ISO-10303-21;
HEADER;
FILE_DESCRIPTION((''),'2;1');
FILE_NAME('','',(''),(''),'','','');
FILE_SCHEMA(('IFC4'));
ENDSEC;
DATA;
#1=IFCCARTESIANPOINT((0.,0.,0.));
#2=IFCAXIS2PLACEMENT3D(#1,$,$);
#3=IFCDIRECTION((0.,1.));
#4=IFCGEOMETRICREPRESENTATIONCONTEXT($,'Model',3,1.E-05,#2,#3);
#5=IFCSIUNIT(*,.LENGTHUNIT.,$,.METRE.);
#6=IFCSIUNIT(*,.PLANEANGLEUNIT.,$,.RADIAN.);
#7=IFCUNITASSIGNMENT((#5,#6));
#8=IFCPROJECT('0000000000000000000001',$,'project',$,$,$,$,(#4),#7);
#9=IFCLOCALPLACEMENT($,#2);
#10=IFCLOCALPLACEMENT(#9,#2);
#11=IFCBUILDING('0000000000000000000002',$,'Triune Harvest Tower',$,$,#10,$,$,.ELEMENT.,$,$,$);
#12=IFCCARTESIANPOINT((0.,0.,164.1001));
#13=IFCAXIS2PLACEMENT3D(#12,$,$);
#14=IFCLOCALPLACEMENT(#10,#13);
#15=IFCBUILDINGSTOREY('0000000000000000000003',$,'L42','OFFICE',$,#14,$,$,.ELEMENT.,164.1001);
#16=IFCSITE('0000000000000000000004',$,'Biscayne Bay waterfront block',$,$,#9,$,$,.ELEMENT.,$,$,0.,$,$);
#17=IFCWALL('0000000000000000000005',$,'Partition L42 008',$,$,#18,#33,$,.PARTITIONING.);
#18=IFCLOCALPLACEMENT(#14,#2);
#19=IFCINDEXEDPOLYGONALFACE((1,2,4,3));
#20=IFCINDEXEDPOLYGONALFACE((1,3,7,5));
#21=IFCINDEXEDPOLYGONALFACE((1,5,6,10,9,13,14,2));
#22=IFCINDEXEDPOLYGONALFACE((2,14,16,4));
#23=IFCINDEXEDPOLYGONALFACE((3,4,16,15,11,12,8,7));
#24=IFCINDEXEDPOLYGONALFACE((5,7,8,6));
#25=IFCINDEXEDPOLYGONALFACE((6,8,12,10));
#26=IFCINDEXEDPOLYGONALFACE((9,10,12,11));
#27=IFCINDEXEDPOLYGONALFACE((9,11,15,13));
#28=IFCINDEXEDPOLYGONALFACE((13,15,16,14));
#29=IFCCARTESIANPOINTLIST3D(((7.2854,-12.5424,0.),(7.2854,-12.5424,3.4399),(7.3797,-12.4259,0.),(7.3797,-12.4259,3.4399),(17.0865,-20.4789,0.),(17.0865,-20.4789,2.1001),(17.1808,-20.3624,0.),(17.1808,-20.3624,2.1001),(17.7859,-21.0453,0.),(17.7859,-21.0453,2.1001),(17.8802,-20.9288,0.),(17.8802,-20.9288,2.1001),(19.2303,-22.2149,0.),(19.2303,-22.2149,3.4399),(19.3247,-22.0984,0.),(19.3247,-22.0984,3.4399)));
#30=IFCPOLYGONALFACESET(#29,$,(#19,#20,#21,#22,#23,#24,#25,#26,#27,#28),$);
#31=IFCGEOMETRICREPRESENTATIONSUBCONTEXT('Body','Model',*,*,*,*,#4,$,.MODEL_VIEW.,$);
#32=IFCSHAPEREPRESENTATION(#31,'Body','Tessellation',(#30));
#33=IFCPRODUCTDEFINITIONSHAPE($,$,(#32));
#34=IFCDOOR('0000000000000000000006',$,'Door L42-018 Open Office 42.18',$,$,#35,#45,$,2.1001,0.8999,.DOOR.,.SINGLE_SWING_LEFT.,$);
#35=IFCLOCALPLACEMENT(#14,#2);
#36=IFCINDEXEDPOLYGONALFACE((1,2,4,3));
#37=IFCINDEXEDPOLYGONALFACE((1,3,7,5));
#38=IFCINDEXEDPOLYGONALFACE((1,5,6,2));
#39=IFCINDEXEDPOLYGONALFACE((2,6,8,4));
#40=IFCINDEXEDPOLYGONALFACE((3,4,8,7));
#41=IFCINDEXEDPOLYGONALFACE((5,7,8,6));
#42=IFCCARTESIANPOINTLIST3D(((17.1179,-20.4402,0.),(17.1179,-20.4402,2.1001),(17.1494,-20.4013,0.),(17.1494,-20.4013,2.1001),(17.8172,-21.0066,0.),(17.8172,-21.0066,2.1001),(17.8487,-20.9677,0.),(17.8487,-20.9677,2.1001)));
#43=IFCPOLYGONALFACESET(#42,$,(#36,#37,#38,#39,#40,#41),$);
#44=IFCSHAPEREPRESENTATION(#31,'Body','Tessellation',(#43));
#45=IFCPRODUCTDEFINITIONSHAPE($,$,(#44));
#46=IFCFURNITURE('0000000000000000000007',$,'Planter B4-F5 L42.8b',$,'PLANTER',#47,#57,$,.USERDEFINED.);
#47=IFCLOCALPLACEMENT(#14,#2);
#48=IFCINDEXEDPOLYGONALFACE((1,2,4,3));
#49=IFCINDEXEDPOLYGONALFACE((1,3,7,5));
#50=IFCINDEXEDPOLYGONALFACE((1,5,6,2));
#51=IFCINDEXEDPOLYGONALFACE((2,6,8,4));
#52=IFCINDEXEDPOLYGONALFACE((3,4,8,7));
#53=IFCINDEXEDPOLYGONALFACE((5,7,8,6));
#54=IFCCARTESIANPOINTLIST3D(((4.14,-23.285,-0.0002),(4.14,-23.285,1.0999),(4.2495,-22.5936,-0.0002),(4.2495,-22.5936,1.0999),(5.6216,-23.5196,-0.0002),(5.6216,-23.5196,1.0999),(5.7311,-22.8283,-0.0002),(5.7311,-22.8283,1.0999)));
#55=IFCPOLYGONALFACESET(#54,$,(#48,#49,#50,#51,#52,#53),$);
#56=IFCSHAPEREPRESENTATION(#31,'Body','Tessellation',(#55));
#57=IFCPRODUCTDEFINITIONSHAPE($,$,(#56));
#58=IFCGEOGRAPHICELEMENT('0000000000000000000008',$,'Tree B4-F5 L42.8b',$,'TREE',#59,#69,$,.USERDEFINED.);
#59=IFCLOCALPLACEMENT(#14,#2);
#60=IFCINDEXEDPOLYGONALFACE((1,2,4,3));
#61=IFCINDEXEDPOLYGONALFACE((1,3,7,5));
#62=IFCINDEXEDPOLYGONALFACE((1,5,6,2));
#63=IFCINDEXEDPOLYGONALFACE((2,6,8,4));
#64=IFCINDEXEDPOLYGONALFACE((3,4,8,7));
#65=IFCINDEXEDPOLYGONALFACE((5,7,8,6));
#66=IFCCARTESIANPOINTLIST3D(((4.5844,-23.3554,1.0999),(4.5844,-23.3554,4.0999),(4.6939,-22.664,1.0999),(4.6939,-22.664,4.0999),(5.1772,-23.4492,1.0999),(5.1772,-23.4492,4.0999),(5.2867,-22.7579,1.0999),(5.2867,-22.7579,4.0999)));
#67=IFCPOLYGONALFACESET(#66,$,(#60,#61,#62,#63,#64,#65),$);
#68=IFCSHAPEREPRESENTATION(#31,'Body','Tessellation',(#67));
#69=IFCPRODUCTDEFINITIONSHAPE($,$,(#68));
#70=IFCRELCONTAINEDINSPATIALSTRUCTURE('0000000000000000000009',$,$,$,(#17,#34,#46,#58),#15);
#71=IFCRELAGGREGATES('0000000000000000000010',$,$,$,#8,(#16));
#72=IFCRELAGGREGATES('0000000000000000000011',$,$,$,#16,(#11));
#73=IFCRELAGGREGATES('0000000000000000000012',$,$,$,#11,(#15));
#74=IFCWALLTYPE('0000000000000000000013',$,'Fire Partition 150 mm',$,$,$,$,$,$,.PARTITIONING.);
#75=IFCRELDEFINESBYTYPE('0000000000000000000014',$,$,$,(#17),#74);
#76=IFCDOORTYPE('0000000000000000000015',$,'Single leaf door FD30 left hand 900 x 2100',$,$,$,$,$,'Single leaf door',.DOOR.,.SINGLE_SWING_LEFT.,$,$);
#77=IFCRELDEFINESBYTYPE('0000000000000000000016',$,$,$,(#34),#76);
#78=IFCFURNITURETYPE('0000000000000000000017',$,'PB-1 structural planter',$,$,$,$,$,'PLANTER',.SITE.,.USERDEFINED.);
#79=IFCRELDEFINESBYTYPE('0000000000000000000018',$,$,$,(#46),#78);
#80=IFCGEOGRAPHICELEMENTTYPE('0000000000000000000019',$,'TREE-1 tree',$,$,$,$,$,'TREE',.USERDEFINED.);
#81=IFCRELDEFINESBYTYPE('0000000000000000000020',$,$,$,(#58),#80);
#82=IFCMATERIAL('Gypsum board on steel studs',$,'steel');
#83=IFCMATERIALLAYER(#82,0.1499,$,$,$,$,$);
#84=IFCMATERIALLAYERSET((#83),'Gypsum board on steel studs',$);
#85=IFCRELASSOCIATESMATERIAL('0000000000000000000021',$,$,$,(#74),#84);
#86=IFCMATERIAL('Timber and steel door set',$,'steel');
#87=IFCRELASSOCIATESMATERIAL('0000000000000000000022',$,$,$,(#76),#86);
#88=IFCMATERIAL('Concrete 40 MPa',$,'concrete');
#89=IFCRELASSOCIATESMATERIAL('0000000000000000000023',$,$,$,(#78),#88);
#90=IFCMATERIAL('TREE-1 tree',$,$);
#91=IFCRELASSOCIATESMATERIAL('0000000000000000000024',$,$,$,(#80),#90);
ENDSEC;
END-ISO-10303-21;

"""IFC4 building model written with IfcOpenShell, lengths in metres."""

from ifc_helpers import new_model, si_unit, direction, frame, frame_2d, origin, origin_2d, place, context, subcontext, project, spatial, rectangle, extrude, source, transform, mapped, material, layer, layer_set, type_object, element, fill, save


model = new_model("IFC4")

# Units and contexts
model_context = context("Model", 3, precision=1e-05, world=origin(), true_north=direction((0.0, 1.0)))
body_context = subcontext(model_context, "Body", "Model", "MODEL_VIEW")
ifc_project = project(units=[si_unit("LENGTHUNIT", "METRE"), si_unit("PLANEANGLEUNIT", "RADIAN")], contexts=[model_context])

# Site, building, storey
site_placement = place(None, origin())
site = spatial("IfcSite", under=ifc_project, at=site_placement, Name="Biscayne Bay waterfront block", CompositionType="ELEMENT", RefElevation=0.0)
building_placement = place(site_placement, origin())
building = spatial("IfcBuilding", under=site, at=building_placement, Name="Triune Harvest Tower", CompositionType="ELEMENT")
storey_placement = place(building_placement, frame((0.0, 0.0, 164.1001)))
storey = spatial("IfcBuildingStorey", under=building, at=storey_placement, Name="L42", Description="OFFICE", CompositionType="ELEMENT", Elevation=164.1001)

# Wall, opening, door
ifc_material_1 = material(Name="Gypsum board on steel studs", Category="steel")
ifc_layer_1 = layer(ifc_material_1, 0.1499)
ifc_layer_set_1 = layer_set([ifc_layer_1], Name="Gypsum board on steel studs")
wall_type_1 = type_object("IfcWallType", Name="Fire Partition 150 mm", PredefinedType="PARTITIONING", material=ifc_layer_set_1)
shared_shape_1 = source(origin(), body_context, "Body", "SweptSolid", [
    extrude(rectangle(XDim=15.3701, YDim=0.1499, at=frame_2d((7.6851, 0.0))), origin(), (0.0, 0.0, 1.0), 3.4399),
])
wall_1_placement = place(storey_placement, frame((7.3325, -12.4841, 0.0), z_axis=(0.0, 0.0, 1.0), x_axis=(0.777156, -0.629308, 0.0)))
wall_1 = element("IfcWall", 1, at=wall_1_placement, inside=storey, type_object=wall_type_1, Name="Partition L42 008", PredefinedType="PARTITIONING", context=body_context, shape_type="MappedRepresentation", body=[
    mapped(shared_shape_1, transform((0.0, 0.0, 0.0), scale=1.0)),
])
opening_1_placement = place(wall_1_placement, frame((12.6116, 0.0, 0.0)))
opening_1 = element("IfcOpeningElement", 2, at=opening_1_placement, cuts=wall_1, PredefinedType="OPENING", context=body_context, shape_type="SweptSolid", body=[
    extrude(rectangle(XDim=0.8999, YDim=2.1001, at=frame_2d((0.45, 1.05))), frame((0.0, 0.085, 0.0), z_axis=(0.0, -1.0, 0.0), x_axis=(1.0, 0.0, 0.0)), (0.0, 0.0, 1.0), 0.1699),
])
ifc_material_2 = material(Name="Timber and steel door set", Category="steel")
door_type_1 = type_object("IfcDoorType", Name="Single leaf door FD30 left hand 900 x 2100", ElementType="Single leaf door", OperationType="SINGLE_SWING_LEFT", PredefinedType="DOOR", material=ifc_material_2)
door_1_placement = place(opening_1_placement, origin())
door_1 = element("IfcDoor", 3, at=door_1_placement, inside=storey, type_object=door_type_1, Name="Door L42-018 Open Office 42.18", OperationType="SINGLE_SWING_LEFT", OverallHeight=2.1001, OverallWidth=0.8999, PredefinedType="DOOR", context=body_context, shape_type="SweptSolid", body=[
    extrude(rectangle(XDim=0.8999, YDim=2.1001, at=frame_2d((0.45, 1.05))), frame((0.0, 0.0249, 0.0), z_axis=(0.0, -1.0, 0.0), x_axis=(1.0, 0.0, 0.0)), (0.0, 0.0, 1.0), 0.05),
])
fill(opening_1, door_1)

# Furniture
ifc_material_3 = material(Name="Concrete 40 MPa", Category="concrete")
furniture_type = type_object("IfcFurnitureType", Name="PB-1 structural planter", ElementType="PLANTER", AssemblyPlace="SITE", PredefinedType="USERDEFINED", material=ifc_material_3)
shared_shape_2 = source(origin(), body_context, "Body", "SweptSolid", [
    extrude(rectangle(XDim=1.5, YDim=0.7, at=origin_2d()), origin(), (0.0, 0.0, 1.0), 1.1001),
])
furniture_placement = place(storey_placement, frame((4.9355, -23.0566, -0.0002), z_axis=(0.0, 0.0, 1.0), x_axis=(0.987688, -0.156435, 0.0)))
element("IfcFurniture", 4, at=furniture_placement, inside=storey, type_object=furniture_type, Name="Planter B4-F5 L42.8b", ObjectType="PLANTER", PredefinedType="USERDEFINED", context=body_context, shape_type="MappedRepresentation", body=[
    mapped(shared_shape_2, transform((0.0, 0.0, 0.0), scale=1.0)),
])

# Geographic element
ifc_material_4 = material(Name="TREE-1 tree")
geographic_element_type = type_object("IfcGeographicElementType", Name="TREE-1 tree", ElementType="TREE", PredefinedType="USERDEFINED", material=ifc_material_4)
shared_shape_3 = source(origin(), body_context, "Body", "SweptSolid", [
    extrude(rectangle(XDim=0.6001, YDim=0.7, at=origin_2d()), origin(), (0.0, 0.0, 1.0), 3.0),
])
geographic_element_placement = place(storey_placement, frame((4.9355, -23.0566, 1.0999), z_axis=(0.0, 0.0, 1.0), x_axis=(0.987688, -0.156435, 0.0)))
element("IfcGeographicElement", 5, at=geographic_element_placement, inside=storey, type_object=geographic_element_type, Name="Tree B4-F5 L42.8b", ObjectType="TREE", PredefinedType="USERDEFINED", context=body_context, shape_type="MappedRepresentation", body=[
    mapped(shared_shape_3, transform((0.0, 0.0, 0.0), scale=1.0)),
])

save(model, "model.ifc")
